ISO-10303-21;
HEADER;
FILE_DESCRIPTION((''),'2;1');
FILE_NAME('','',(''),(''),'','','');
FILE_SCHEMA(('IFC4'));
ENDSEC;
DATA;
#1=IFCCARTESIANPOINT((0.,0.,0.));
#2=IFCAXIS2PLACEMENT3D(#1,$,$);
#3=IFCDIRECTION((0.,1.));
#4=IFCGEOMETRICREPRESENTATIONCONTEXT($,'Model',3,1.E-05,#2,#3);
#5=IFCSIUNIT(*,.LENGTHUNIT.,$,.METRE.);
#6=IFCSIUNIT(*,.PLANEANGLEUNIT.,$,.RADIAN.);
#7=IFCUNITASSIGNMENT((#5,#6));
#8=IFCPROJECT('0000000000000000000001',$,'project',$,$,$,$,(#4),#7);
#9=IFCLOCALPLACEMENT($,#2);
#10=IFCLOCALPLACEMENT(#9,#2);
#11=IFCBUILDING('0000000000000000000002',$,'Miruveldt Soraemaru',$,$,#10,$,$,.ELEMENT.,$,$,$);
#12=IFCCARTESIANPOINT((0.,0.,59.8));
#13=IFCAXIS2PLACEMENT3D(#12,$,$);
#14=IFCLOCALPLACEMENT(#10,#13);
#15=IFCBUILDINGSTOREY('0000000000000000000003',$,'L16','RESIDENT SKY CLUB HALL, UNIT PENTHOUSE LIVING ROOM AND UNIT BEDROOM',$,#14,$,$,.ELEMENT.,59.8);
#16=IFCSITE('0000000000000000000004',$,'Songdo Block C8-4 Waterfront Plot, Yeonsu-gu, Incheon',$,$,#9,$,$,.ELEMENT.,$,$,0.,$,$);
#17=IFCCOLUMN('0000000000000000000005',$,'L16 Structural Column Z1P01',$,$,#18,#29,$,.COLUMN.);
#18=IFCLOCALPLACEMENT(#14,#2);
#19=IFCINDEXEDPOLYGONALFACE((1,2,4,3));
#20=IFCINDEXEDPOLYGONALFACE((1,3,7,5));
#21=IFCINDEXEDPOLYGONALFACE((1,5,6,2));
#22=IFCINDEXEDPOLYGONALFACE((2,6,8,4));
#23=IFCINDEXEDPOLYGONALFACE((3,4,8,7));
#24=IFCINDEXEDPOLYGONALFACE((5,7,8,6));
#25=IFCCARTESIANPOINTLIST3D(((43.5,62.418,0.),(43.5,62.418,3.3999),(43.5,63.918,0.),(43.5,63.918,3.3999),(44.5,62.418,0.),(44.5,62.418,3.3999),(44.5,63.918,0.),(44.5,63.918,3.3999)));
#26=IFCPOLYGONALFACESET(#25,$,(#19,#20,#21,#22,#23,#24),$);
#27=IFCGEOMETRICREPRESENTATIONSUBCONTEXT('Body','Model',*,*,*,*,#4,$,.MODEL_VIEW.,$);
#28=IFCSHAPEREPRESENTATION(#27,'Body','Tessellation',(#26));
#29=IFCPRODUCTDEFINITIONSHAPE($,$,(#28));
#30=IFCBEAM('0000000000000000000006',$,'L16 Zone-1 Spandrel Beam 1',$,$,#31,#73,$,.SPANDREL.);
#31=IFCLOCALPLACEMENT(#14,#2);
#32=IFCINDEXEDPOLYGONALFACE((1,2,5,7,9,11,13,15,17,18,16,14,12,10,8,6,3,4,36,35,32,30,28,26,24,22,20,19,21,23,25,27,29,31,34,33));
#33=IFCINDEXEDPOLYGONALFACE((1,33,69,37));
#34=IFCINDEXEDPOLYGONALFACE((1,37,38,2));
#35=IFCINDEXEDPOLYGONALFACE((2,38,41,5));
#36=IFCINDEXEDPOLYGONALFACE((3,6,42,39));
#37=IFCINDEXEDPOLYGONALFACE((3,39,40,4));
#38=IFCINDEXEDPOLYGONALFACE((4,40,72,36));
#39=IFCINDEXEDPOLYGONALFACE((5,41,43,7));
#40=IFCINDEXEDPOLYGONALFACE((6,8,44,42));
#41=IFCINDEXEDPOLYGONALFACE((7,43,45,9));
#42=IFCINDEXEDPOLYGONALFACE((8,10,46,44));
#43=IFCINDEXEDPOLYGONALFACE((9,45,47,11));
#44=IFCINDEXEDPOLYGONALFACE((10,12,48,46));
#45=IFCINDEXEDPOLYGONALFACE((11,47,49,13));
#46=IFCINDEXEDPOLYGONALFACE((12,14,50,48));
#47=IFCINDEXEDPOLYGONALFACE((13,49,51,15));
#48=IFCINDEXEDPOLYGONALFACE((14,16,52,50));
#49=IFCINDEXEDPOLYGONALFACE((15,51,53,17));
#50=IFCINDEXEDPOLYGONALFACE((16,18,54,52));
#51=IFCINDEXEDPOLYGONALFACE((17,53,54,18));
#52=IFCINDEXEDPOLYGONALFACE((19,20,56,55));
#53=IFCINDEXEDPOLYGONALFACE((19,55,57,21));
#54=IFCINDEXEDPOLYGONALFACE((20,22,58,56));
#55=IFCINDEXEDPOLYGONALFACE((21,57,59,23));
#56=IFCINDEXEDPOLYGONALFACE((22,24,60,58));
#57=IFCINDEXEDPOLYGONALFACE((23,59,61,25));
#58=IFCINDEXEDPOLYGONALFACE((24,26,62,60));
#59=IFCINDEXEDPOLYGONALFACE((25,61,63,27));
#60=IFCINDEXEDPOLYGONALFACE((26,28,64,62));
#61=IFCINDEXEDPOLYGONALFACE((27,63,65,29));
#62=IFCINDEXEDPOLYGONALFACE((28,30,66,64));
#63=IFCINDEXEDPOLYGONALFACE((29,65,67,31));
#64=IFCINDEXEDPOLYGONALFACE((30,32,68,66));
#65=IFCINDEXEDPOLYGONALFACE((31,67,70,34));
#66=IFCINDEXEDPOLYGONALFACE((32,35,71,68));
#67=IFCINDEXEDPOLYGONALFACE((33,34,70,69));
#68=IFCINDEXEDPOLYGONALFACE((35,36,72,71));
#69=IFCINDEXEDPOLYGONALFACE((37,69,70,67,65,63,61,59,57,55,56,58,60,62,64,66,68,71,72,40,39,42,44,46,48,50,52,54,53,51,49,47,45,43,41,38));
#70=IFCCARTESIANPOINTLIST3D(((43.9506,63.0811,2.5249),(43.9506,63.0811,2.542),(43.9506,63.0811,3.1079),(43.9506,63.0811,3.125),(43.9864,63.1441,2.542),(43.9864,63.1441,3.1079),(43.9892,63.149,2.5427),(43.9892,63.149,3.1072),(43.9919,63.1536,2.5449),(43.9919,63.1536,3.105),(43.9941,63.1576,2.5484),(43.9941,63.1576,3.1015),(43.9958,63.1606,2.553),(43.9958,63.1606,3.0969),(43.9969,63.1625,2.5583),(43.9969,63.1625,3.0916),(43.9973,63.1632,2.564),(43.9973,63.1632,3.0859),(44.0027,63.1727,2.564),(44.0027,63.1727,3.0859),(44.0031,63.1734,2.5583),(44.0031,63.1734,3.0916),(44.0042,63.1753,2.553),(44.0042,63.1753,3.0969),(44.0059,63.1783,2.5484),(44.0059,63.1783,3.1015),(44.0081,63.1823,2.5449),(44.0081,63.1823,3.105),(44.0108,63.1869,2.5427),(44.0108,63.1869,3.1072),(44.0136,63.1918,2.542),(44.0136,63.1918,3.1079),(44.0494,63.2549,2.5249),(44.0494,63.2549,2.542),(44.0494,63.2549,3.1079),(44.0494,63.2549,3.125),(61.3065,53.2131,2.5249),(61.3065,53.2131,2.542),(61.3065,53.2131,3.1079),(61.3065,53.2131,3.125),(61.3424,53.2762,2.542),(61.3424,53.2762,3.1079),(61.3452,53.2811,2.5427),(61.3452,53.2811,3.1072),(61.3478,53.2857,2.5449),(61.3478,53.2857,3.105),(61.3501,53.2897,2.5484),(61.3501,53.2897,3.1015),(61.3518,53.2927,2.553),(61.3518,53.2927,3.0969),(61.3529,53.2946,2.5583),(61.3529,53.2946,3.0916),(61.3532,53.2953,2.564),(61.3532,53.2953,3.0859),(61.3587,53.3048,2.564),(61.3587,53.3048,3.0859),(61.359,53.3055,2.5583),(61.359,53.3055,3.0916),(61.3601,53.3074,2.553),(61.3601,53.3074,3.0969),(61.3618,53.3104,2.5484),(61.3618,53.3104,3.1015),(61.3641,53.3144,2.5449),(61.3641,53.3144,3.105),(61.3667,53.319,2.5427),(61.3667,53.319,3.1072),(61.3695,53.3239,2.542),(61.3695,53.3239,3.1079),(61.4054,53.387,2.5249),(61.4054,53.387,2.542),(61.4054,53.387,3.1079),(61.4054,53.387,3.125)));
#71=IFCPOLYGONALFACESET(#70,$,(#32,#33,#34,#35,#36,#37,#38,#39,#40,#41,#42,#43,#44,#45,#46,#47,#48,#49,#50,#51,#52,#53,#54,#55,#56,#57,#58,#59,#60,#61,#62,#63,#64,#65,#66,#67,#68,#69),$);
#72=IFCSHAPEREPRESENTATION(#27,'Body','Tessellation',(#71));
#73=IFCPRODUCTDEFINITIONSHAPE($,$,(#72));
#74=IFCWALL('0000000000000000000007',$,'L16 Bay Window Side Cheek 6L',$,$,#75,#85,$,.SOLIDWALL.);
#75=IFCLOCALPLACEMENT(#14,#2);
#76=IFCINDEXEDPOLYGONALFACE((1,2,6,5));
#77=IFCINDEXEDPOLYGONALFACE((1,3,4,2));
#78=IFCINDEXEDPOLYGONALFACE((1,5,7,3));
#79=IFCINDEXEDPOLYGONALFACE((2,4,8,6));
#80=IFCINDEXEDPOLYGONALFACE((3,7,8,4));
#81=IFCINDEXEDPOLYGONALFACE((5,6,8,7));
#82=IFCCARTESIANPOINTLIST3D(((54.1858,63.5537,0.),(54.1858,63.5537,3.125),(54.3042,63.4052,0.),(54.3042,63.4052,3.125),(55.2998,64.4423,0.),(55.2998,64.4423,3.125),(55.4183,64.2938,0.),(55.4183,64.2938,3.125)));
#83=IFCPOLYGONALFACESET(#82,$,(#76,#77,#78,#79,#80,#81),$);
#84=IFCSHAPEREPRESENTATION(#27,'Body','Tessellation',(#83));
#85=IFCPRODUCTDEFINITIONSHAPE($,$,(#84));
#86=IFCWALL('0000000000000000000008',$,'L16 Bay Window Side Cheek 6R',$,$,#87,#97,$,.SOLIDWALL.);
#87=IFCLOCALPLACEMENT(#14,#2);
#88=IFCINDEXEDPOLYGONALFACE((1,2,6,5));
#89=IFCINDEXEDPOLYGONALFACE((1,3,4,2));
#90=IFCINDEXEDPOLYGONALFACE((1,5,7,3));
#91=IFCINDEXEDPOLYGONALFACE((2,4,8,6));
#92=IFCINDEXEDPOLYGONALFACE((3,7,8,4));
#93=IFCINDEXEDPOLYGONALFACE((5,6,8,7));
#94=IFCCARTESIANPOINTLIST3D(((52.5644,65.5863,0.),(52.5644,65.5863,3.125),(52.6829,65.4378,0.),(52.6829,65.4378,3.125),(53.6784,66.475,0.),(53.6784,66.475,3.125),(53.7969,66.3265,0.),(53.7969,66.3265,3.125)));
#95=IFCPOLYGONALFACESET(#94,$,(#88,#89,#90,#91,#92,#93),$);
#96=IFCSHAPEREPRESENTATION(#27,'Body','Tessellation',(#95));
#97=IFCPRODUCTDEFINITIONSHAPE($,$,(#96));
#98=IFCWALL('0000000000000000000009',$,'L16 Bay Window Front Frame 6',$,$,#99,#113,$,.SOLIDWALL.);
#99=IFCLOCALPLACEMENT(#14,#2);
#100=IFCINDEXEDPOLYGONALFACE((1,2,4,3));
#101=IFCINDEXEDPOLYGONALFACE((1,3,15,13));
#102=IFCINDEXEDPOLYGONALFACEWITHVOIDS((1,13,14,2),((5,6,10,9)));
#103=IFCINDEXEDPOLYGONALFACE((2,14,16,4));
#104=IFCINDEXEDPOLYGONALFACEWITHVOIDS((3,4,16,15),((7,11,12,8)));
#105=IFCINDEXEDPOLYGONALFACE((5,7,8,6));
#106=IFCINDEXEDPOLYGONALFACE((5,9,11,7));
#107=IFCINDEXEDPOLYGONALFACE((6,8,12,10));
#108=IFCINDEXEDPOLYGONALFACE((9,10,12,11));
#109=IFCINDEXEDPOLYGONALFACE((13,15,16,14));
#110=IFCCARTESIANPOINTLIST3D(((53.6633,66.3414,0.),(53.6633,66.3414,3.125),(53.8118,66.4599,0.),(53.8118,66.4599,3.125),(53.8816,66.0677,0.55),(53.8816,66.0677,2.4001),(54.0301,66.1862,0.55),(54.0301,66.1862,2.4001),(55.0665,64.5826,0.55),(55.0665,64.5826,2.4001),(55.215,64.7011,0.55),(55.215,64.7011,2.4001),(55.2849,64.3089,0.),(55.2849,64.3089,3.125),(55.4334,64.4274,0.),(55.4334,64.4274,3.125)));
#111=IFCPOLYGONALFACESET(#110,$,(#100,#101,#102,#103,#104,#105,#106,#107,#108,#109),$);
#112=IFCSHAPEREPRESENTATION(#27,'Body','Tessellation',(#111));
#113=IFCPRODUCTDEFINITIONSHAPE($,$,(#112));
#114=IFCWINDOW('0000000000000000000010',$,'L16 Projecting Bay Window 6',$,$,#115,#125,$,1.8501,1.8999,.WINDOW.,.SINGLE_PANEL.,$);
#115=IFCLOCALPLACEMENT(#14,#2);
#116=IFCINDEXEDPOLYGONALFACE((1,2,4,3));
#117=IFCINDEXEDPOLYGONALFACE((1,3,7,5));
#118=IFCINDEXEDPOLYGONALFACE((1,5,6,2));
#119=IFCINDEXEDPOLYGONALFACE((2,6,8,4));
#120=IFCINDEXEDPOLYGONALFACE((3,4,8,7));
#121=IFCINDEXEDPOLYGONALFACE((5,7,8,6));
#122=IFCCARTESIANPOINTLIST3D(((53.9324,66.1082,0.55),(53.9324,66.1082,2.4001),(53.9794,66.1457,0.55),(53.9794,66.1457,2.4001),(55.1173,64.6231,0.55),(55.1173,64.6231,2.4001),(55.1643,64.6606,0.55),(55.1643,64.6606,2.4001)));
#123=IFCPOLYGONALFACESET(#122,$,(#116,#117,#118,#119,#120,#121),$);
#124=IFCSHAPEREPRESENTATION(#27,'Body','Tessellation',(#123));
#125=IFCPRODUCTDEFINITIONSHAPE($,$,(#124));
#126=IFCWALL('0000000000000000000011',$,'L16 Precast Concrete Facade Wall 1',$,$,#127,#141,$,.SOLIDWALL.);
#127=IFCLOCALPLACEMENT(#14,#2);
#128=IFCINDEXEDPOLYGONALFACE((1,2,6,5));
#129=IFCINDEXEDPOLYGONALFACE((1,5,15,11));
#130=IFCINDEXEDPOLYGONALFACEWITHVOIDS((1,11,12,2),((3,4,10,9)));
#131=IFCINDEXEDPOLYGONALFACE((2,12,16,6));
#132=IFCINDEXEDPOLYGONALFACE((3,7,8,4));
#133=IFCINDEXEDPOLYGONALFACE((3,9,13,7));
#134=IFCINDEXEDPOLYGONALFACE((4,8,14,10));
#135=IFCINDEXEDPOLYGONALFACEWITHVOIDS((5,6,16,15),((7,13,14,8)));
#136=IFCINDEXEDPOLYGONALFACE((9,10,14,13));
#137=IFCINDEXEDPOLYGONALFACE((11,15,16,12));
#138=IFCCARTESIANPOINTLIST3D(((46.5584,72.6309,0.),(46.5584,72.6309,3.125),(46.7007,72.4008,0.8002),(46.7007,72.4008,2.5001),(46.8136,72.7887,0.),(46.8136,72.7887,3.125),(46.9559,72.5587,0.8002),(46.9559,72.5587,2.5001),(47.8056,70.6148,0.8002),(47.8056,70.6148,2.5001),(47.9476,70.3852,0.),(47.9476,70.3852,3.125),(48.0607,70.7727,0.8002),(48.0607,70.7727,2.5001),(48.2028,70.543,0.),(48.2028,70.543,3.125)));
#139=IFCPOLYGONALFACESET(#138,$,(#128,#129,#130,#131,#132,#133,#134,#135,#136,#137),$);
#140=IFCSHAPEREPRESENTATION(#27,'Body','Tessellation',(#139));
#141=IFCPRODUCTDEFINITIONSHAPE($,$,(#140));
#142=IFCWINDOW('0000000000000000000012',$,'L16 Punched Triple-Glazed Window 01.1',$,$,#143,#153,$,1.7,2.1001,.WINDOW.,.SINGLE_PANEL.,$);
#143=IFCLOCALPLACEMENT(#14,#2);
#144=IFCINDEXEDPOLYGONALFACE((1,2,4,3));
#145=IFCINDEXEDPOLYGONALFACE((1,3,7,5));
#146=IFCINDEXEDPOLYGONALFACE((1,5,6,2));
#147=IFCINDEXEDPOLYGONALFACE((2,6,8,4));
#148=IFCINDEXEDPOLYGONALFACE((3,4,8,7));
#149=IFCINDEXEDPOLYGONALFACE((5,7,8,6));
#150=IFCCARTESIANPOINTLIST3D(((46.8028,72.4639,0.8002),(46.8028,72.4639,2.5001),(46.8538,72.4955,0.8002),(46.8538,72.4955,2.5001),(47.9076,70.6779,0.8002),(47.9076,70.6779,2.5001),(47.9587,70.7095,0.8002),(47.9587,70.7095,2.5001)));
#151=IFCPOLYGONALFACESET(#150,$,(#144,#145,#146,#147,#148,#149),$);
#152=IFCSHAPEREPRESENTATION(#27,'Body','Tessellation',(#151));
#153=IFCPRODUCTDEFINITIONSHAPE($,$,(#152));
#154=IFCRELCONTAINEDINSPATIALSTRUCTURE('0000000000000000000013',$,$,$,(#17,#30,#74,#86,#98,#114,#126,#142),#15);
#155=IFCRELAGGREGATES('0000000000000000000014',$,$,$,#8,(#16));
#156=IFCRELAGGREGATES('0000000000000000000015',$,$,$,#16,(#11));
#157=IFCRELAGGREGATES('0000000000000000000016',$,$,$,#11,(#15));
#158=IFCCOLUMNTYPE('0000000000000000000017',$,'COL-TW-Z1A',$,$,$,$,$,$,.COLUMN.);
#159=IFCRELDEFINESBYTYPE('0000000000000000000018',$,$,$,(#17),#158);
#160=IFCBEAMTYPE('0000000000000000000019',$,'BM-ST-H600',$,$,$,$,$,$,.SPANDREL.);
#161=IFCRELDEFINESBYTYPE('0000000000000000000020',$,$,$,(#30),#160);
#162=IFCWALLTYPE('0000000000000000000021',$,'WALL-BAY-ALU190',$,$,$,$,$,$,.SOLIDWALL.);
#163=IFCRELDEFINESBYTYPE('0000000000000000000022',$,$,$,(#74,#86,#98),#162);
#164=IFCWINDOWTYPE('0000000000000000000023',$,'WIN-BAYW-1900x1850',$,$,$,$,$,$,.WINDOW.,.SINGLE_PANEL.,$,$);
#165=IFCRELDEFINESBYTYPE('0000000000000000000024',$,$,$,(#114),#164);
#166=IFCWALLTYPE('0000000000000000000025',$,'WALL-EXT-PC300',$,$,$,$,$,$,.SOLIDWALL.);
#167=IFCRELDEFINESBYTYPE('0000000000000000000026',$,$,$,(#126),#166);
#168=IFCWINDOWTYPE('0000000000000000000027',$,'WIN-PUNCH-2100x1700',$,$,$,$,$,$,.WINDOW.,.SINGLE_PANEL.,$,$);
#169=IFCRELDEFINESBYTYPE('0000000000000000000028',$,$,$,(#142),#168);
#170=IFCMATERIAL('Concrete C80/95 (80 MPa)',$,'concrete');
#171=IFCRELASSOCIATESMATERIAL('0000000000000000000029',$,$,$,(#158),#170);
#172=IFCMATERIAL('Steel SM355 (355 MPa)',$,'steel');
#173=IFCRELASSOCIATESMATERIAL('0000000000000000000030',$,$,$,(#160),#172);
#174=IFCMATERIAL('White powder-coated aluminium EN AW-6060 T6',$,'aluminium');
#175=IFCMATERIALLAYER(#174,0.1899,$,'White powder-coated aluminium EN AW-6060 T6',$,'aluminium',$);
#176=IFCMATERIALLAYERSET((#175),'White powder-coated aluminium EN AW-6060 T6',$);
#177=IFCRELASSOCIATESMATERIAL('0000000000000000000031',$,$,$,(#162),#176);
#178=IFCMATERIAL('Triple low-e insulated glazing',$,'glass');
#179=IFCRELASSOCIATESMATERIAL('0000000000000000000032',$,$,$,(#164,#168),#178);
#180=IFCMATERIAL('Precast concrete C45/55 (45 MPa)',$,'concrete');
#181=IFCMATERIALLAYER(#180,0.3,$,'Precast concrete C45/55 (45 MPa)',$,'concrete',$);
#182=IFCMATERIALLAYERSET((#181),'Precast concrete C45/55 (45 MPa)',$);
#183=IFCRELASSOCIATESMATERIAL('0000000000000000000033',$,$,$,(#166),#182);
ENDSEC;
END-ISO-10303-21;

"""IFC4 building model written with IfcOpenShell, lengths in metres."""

from ifc_helpers import new_model, si_unit, direction, frame, frame_2d, origin, origin_2d, place, context, subcontext, project, spatial, rectangle, i_section, extrude, material, layer, layer_set, material_profile, profile_set, type_object, element, fill, save


model = new_model("IFC4")

# Units and contexts
model_context = context("Model", 3, precision=1e-05, world=origin(), true_north=direction((0.0, 1.0)))
body_context = subcontext(model_context, "Body", "Model", "MODEL_VIEW")
ifc_project = project(units=[si_unit("LENGTHUNIT", "METRE"), si_unit("PLANEANGLEUNIT", "RADIAN")], contexts=[model_context])

# Site, building, storey
site_placement = place(None, origin())
site = spatial("IfcSite", under=ifc_project, at=site_placement, Name="Songdo Block C8-4 Waterfront Plot, Yeonsu-gu, Incheon", CompositionType="ELEMENT", RefElevation=0.0)
building_placement = place(site_placement, origin())
building = spatial("IfcBuilding", under=site, at=building_placement, Name="Miruveldt Soraemaru", CompositionType="ELEMENT")
storey_placement = place(building_placement, frame((0.0, 0.0, 59.8)))
storey = spatial("IfcBuildingStorey", under=building, at=storey_placement, Name="L16", Description="RESIDENT SKY CLUB HALL, UNIT PENTHOUSE LIVING ROOM AND UNIT BEDROOM", CompositionType="ELEMENT", Elevation=59.8)

# Column
ifc_material_1 = material(Name="Concrete C80/95 (80 MPa)", Category="concrete")
ifc_material_profile_1 = material_profile(ifc_material_1, rectangle(XDim=1.5, YDim=1.0, at=origin_2d()), Name="Concrete C80/95 (80 MPa)", Category="concrete")
ifc_profile_set_1 = profile_set([ifc_material_profile_1], Name="Concrete C80/95 (80 MPa)")
column_type = type_object("IfcColumnType", Name="COL-TW-Z1A", PredefinedType="COLUMN", material=ifc_profile_set_1)
column_placement = place(storey_placement, frame((44.0, 63.168, 0.0), z_axis=(0.0, 0.0, 1.0), x_axis=(0.0, 1.0, 0.0)))
element("IfcColumn", 1, at=column_placement, inside=storey, type_object=column_type, Name="L16 Structural Column Z1P01", PredefinedType="COLUMN", context=body_context, shape_type="SweptSolid", body=[
    extrude(rectangle(XDim=1.5, YDim=1.0, at=origin_2d()), origin(), (0.0, 0.0, 1.0), 3.3999),
])

# Beam
ifc_material_2 = material(Name="Steel SM355 (355 MPa)", Category="steel")
ifc_material_profile_2 = material_profile(ifc_material_2, i_section(OverallWidth=0.2, OverallDepth=0.6001, WebThickness=0.011, FlangeThickness=0.0171, FilletRadius=0.022, at=origin_2d()), Name="Steel SM355 (355 MPa)", Category="steel")
ifc_profile_set_2 = profile_set([ifc_material_profile_2], Name="Steel SM355 (355 MPa)")
beam_type = type_object("IfcBeamType", Name="BM-ST-H600", PredefinedType="SPANDREL", material=ifc_profile_set_2)
beam_placement = place(storey_placement, frame((44.0, 63.168, 2.825), z_axis=(0.869315, -0.494259, 0.0), x_axis=(0.494259, 0.869315, 0.0)))
element("IfcBeam", 2, at=beam_placement, inside=storey, type_object=beam_type, Name="L16 Zone-1 Spandrel Beam 1", PredefinedType="SPANDREL", context=body_context, shape_type="SweptSolid", body=[
    extrude(i_section(OverallWidth=0.2, OverallDepth=0.6001, WebThickness=0.011, FlangeThickness=0.0171, FilletRadius=0.022, at=origin_2d()), origin(), (0.0, 0.0, 1.0), 19.9651),
])

# Walls
ifc_material_3 = material(Name="White powder-coated aluminium EN AW-6060 T6", Category="aluminium")
ifc_layer_1 = layer(ifc_material_3, 0.1899, Name="White powder-coated aluminium EN AW-6060 T6", Category="aluminium")
ifc_layer_set_1 = layer_set([ifc_layer_1], Name="White powder-coated aluminium EN AW-6060 T6")
wall_type_1 = type_object("IfcWallType", Name="WALL-BAY-ALU190", PredefinedType="SOLIDWALL", material=ifc_layer_set_1)
for number, where, z_axis, x_axis, name in (
    (3, (54.2451, 63.4795, 0.0), (0.0, 0.0, 1.0), (0.781737, 0.623608, 0.0), "L16 Bay Window Side Cheek 6L"),
    (4, (53.7375, 66.4006, 0.0), (0.0, 0.0, 1.0), (-0.781737, -0.623608, 0.0), "L16 Bay Window Side Cheek 6R"),
):
    element("IfcWall", number, at=place(storey_placement, frame(where, z_axis=z_axis, x_axis=x_axis)), inside=storey, type_object=wall_type_1, Name=name, PredefinedType="SOLIDWALL", context=body_context, shape_type="SweptSolid", body=[
        extrude(rectangle(XDim=1.425, YDim=0.1899, at=frame_2d((0.7124, 0.0))), origin(), (0.0, 0.0, 1.0), 3.125),
    ])

# Walls, openings, windows
wall_1_placement = place(storey_placement, frame((55.3591, 64.3682, 0.0), z_axis=(0.0, 0.0, 1.0), x_axis=(-0.623664, 0.781693, 0.0)))
wall_1 = element("IfcWall", 5, at=wall_1_placement, inside=storey, type_object=wall_type_1, Name="L16 Bay Window Front Frame 6", PredefinedType="SOLIDWALL", context=body_context, shape_type="SweptSolid", body=[
    extrude(rectangle(XDim=2.6001, YDim=0.1899, at=frame_2d((1.3, 0.0))), origin(), (0.0, 0.0, 1.0), 3.125),
])
opening_1_placement = place(wall_1_placement, frame((0.3501, 0.0, 0.55)))
opening_1 = element("IfcOpeningElement", 6, at=opening_1_placement, cuts=wall_1, PredefinedType="OPENING", context=body_context, shape_type="SweptSolid", body=[
    extrude(rectangle(XDim=1.8999, YDim=1.8501, at=frame_2d((0.95, 0.925))), frame((0.0, 0.105, 0.0), z_axis=(0.0, -1.0, 0.0), x_axis=(1.0, 0.0, 0.0)), (0.0, 0.0, 1.0), 0.21),
])
ifc_material_4 = material(Name="Triple low-e insulated glazing", Category="glass")
window_type_1 = type_object("IfcWindowType", Name="WIN-BAYW-1900x1850", PartitioningType="SINGLE_PANEL", PredefinedType="WINDOW", material=ifc_material_4)
window_1_placement = place(opening_1_placement, origin())
window_1 = element("IfcWindow", 7, at=window_1_placement, inside=storey, type_object=window_type_1, Name="L16 Projecting Bay Window 6", OverallHeight=1.8501, OverallWidth=1.8999, PartitioningType="SINGLE_PANEL", PredefinedType="WINDOW", context=body_context, shape_type="SweptSolid", body=[
    extrude(rectangle(XDim=1.8999, YDim=1.8501, at=frame_2d((0.95, 0.925))), frame((0.0, 0.03, 0.0), z_axis=(0.0, -1.0, 0.0), x_axis=(1.0, 0.0, 0.0)), (0.0, 0.0, 1.0), 0.0601),
])
fill(opening_1, window_1)
ifc_material_5 = material(Name="Precast concrete C45/55 (45 MPa)", Category="concrete")
ifc_layer_2 = layer(ifc_material_5, 0.3, Name="Precast concrete C45/55 (45 MPa)", Category="concrete")
ifc_layer_set_2 = layer_set([ifc_layer_2], Name="Precast concrete C45/55 (45 MPa)")
wall_type_2 = type_object("IfcWallType", Name="WALL-EXT-PC300", PredefinedType="SOLIDWALL", material=ifc_layer_set_2)
wall_2_placement = place(storey_placement, frame((48.0752, 70.4641, 0.0), z_axis=(0.0, 0.0, 1.0), x_axis=(-0.526087, 0.850431, 0.0)))
wall_2 = element("IfcWall", 8, at=wall_2_placement, inside=storey, type_object=wall_type_2, Name="L16 Precast Concrete Facade Wall 1", PredefinedType="SOLIDWALL", context=body_context, shape_type="SweptSolid", body=[
    extrude(rectangle(XDim=2.6406, YDim=0.3, at=frame_2d((1.3203, 0.0))), origin(), (0.0, 0.0, 1.0), 3.125),
])
opening_2_placement = place(wall_2_placement, frame((0.27, 0.0, 0.8)))
opening_2 = element("IfcOpeningElement", 9, at=opening_2_placement, cuts=wall_2, PredefinedType="OPENING", context=body_context, shape_type="SweptSolid", body=[
    extrude(rectangle(XDim=2.1001, YDim=1.7, at=frame_2d((1.05, 0.8501))), frame((0.0, 0.1602, 0.0), z_axis=(0.0, -1.0, 0.0), x_axis=(1.0, 0.0, 0.0)), (0.0, 0.0, 1.0), 0.3201),
])
window_type_2 = type_object("IfcWindowType", Name="WIN-PUNCH-2100x1700", PartitioningType="SINGLE_PANEL", PredefinedType="WINDOW", material=ifc_material_4)
window_2_placement = place(opening_2_placement, origin())
window_2 = element("IfcWindow", 10, at=window_2_placement, inside=storey, type_object=window_type_2, Name="L16 Punched Triple-Glazed Window 01.1", OverallHeight=1.7, OverallWidth=2.1001, PartitioningType="SINGLE_PANEL", PredefinedType="WINDOW", context=body_context, shape_type="SweptSolid", body=[
    extrude(rectangle(XDim=2.1001, YDim=1.7, at=frame_2d((1.05, 0.8501))), frame((0.0, 0.03, 0.0), z_axis=(0.0, -1.0, 0.0), x_axis=(1.0, 0.0, 0.0)), (0.0, 0.0, 1.0), 0.0601),
])
fill(opening_2, window_2)

save(model, "model.ifc")
